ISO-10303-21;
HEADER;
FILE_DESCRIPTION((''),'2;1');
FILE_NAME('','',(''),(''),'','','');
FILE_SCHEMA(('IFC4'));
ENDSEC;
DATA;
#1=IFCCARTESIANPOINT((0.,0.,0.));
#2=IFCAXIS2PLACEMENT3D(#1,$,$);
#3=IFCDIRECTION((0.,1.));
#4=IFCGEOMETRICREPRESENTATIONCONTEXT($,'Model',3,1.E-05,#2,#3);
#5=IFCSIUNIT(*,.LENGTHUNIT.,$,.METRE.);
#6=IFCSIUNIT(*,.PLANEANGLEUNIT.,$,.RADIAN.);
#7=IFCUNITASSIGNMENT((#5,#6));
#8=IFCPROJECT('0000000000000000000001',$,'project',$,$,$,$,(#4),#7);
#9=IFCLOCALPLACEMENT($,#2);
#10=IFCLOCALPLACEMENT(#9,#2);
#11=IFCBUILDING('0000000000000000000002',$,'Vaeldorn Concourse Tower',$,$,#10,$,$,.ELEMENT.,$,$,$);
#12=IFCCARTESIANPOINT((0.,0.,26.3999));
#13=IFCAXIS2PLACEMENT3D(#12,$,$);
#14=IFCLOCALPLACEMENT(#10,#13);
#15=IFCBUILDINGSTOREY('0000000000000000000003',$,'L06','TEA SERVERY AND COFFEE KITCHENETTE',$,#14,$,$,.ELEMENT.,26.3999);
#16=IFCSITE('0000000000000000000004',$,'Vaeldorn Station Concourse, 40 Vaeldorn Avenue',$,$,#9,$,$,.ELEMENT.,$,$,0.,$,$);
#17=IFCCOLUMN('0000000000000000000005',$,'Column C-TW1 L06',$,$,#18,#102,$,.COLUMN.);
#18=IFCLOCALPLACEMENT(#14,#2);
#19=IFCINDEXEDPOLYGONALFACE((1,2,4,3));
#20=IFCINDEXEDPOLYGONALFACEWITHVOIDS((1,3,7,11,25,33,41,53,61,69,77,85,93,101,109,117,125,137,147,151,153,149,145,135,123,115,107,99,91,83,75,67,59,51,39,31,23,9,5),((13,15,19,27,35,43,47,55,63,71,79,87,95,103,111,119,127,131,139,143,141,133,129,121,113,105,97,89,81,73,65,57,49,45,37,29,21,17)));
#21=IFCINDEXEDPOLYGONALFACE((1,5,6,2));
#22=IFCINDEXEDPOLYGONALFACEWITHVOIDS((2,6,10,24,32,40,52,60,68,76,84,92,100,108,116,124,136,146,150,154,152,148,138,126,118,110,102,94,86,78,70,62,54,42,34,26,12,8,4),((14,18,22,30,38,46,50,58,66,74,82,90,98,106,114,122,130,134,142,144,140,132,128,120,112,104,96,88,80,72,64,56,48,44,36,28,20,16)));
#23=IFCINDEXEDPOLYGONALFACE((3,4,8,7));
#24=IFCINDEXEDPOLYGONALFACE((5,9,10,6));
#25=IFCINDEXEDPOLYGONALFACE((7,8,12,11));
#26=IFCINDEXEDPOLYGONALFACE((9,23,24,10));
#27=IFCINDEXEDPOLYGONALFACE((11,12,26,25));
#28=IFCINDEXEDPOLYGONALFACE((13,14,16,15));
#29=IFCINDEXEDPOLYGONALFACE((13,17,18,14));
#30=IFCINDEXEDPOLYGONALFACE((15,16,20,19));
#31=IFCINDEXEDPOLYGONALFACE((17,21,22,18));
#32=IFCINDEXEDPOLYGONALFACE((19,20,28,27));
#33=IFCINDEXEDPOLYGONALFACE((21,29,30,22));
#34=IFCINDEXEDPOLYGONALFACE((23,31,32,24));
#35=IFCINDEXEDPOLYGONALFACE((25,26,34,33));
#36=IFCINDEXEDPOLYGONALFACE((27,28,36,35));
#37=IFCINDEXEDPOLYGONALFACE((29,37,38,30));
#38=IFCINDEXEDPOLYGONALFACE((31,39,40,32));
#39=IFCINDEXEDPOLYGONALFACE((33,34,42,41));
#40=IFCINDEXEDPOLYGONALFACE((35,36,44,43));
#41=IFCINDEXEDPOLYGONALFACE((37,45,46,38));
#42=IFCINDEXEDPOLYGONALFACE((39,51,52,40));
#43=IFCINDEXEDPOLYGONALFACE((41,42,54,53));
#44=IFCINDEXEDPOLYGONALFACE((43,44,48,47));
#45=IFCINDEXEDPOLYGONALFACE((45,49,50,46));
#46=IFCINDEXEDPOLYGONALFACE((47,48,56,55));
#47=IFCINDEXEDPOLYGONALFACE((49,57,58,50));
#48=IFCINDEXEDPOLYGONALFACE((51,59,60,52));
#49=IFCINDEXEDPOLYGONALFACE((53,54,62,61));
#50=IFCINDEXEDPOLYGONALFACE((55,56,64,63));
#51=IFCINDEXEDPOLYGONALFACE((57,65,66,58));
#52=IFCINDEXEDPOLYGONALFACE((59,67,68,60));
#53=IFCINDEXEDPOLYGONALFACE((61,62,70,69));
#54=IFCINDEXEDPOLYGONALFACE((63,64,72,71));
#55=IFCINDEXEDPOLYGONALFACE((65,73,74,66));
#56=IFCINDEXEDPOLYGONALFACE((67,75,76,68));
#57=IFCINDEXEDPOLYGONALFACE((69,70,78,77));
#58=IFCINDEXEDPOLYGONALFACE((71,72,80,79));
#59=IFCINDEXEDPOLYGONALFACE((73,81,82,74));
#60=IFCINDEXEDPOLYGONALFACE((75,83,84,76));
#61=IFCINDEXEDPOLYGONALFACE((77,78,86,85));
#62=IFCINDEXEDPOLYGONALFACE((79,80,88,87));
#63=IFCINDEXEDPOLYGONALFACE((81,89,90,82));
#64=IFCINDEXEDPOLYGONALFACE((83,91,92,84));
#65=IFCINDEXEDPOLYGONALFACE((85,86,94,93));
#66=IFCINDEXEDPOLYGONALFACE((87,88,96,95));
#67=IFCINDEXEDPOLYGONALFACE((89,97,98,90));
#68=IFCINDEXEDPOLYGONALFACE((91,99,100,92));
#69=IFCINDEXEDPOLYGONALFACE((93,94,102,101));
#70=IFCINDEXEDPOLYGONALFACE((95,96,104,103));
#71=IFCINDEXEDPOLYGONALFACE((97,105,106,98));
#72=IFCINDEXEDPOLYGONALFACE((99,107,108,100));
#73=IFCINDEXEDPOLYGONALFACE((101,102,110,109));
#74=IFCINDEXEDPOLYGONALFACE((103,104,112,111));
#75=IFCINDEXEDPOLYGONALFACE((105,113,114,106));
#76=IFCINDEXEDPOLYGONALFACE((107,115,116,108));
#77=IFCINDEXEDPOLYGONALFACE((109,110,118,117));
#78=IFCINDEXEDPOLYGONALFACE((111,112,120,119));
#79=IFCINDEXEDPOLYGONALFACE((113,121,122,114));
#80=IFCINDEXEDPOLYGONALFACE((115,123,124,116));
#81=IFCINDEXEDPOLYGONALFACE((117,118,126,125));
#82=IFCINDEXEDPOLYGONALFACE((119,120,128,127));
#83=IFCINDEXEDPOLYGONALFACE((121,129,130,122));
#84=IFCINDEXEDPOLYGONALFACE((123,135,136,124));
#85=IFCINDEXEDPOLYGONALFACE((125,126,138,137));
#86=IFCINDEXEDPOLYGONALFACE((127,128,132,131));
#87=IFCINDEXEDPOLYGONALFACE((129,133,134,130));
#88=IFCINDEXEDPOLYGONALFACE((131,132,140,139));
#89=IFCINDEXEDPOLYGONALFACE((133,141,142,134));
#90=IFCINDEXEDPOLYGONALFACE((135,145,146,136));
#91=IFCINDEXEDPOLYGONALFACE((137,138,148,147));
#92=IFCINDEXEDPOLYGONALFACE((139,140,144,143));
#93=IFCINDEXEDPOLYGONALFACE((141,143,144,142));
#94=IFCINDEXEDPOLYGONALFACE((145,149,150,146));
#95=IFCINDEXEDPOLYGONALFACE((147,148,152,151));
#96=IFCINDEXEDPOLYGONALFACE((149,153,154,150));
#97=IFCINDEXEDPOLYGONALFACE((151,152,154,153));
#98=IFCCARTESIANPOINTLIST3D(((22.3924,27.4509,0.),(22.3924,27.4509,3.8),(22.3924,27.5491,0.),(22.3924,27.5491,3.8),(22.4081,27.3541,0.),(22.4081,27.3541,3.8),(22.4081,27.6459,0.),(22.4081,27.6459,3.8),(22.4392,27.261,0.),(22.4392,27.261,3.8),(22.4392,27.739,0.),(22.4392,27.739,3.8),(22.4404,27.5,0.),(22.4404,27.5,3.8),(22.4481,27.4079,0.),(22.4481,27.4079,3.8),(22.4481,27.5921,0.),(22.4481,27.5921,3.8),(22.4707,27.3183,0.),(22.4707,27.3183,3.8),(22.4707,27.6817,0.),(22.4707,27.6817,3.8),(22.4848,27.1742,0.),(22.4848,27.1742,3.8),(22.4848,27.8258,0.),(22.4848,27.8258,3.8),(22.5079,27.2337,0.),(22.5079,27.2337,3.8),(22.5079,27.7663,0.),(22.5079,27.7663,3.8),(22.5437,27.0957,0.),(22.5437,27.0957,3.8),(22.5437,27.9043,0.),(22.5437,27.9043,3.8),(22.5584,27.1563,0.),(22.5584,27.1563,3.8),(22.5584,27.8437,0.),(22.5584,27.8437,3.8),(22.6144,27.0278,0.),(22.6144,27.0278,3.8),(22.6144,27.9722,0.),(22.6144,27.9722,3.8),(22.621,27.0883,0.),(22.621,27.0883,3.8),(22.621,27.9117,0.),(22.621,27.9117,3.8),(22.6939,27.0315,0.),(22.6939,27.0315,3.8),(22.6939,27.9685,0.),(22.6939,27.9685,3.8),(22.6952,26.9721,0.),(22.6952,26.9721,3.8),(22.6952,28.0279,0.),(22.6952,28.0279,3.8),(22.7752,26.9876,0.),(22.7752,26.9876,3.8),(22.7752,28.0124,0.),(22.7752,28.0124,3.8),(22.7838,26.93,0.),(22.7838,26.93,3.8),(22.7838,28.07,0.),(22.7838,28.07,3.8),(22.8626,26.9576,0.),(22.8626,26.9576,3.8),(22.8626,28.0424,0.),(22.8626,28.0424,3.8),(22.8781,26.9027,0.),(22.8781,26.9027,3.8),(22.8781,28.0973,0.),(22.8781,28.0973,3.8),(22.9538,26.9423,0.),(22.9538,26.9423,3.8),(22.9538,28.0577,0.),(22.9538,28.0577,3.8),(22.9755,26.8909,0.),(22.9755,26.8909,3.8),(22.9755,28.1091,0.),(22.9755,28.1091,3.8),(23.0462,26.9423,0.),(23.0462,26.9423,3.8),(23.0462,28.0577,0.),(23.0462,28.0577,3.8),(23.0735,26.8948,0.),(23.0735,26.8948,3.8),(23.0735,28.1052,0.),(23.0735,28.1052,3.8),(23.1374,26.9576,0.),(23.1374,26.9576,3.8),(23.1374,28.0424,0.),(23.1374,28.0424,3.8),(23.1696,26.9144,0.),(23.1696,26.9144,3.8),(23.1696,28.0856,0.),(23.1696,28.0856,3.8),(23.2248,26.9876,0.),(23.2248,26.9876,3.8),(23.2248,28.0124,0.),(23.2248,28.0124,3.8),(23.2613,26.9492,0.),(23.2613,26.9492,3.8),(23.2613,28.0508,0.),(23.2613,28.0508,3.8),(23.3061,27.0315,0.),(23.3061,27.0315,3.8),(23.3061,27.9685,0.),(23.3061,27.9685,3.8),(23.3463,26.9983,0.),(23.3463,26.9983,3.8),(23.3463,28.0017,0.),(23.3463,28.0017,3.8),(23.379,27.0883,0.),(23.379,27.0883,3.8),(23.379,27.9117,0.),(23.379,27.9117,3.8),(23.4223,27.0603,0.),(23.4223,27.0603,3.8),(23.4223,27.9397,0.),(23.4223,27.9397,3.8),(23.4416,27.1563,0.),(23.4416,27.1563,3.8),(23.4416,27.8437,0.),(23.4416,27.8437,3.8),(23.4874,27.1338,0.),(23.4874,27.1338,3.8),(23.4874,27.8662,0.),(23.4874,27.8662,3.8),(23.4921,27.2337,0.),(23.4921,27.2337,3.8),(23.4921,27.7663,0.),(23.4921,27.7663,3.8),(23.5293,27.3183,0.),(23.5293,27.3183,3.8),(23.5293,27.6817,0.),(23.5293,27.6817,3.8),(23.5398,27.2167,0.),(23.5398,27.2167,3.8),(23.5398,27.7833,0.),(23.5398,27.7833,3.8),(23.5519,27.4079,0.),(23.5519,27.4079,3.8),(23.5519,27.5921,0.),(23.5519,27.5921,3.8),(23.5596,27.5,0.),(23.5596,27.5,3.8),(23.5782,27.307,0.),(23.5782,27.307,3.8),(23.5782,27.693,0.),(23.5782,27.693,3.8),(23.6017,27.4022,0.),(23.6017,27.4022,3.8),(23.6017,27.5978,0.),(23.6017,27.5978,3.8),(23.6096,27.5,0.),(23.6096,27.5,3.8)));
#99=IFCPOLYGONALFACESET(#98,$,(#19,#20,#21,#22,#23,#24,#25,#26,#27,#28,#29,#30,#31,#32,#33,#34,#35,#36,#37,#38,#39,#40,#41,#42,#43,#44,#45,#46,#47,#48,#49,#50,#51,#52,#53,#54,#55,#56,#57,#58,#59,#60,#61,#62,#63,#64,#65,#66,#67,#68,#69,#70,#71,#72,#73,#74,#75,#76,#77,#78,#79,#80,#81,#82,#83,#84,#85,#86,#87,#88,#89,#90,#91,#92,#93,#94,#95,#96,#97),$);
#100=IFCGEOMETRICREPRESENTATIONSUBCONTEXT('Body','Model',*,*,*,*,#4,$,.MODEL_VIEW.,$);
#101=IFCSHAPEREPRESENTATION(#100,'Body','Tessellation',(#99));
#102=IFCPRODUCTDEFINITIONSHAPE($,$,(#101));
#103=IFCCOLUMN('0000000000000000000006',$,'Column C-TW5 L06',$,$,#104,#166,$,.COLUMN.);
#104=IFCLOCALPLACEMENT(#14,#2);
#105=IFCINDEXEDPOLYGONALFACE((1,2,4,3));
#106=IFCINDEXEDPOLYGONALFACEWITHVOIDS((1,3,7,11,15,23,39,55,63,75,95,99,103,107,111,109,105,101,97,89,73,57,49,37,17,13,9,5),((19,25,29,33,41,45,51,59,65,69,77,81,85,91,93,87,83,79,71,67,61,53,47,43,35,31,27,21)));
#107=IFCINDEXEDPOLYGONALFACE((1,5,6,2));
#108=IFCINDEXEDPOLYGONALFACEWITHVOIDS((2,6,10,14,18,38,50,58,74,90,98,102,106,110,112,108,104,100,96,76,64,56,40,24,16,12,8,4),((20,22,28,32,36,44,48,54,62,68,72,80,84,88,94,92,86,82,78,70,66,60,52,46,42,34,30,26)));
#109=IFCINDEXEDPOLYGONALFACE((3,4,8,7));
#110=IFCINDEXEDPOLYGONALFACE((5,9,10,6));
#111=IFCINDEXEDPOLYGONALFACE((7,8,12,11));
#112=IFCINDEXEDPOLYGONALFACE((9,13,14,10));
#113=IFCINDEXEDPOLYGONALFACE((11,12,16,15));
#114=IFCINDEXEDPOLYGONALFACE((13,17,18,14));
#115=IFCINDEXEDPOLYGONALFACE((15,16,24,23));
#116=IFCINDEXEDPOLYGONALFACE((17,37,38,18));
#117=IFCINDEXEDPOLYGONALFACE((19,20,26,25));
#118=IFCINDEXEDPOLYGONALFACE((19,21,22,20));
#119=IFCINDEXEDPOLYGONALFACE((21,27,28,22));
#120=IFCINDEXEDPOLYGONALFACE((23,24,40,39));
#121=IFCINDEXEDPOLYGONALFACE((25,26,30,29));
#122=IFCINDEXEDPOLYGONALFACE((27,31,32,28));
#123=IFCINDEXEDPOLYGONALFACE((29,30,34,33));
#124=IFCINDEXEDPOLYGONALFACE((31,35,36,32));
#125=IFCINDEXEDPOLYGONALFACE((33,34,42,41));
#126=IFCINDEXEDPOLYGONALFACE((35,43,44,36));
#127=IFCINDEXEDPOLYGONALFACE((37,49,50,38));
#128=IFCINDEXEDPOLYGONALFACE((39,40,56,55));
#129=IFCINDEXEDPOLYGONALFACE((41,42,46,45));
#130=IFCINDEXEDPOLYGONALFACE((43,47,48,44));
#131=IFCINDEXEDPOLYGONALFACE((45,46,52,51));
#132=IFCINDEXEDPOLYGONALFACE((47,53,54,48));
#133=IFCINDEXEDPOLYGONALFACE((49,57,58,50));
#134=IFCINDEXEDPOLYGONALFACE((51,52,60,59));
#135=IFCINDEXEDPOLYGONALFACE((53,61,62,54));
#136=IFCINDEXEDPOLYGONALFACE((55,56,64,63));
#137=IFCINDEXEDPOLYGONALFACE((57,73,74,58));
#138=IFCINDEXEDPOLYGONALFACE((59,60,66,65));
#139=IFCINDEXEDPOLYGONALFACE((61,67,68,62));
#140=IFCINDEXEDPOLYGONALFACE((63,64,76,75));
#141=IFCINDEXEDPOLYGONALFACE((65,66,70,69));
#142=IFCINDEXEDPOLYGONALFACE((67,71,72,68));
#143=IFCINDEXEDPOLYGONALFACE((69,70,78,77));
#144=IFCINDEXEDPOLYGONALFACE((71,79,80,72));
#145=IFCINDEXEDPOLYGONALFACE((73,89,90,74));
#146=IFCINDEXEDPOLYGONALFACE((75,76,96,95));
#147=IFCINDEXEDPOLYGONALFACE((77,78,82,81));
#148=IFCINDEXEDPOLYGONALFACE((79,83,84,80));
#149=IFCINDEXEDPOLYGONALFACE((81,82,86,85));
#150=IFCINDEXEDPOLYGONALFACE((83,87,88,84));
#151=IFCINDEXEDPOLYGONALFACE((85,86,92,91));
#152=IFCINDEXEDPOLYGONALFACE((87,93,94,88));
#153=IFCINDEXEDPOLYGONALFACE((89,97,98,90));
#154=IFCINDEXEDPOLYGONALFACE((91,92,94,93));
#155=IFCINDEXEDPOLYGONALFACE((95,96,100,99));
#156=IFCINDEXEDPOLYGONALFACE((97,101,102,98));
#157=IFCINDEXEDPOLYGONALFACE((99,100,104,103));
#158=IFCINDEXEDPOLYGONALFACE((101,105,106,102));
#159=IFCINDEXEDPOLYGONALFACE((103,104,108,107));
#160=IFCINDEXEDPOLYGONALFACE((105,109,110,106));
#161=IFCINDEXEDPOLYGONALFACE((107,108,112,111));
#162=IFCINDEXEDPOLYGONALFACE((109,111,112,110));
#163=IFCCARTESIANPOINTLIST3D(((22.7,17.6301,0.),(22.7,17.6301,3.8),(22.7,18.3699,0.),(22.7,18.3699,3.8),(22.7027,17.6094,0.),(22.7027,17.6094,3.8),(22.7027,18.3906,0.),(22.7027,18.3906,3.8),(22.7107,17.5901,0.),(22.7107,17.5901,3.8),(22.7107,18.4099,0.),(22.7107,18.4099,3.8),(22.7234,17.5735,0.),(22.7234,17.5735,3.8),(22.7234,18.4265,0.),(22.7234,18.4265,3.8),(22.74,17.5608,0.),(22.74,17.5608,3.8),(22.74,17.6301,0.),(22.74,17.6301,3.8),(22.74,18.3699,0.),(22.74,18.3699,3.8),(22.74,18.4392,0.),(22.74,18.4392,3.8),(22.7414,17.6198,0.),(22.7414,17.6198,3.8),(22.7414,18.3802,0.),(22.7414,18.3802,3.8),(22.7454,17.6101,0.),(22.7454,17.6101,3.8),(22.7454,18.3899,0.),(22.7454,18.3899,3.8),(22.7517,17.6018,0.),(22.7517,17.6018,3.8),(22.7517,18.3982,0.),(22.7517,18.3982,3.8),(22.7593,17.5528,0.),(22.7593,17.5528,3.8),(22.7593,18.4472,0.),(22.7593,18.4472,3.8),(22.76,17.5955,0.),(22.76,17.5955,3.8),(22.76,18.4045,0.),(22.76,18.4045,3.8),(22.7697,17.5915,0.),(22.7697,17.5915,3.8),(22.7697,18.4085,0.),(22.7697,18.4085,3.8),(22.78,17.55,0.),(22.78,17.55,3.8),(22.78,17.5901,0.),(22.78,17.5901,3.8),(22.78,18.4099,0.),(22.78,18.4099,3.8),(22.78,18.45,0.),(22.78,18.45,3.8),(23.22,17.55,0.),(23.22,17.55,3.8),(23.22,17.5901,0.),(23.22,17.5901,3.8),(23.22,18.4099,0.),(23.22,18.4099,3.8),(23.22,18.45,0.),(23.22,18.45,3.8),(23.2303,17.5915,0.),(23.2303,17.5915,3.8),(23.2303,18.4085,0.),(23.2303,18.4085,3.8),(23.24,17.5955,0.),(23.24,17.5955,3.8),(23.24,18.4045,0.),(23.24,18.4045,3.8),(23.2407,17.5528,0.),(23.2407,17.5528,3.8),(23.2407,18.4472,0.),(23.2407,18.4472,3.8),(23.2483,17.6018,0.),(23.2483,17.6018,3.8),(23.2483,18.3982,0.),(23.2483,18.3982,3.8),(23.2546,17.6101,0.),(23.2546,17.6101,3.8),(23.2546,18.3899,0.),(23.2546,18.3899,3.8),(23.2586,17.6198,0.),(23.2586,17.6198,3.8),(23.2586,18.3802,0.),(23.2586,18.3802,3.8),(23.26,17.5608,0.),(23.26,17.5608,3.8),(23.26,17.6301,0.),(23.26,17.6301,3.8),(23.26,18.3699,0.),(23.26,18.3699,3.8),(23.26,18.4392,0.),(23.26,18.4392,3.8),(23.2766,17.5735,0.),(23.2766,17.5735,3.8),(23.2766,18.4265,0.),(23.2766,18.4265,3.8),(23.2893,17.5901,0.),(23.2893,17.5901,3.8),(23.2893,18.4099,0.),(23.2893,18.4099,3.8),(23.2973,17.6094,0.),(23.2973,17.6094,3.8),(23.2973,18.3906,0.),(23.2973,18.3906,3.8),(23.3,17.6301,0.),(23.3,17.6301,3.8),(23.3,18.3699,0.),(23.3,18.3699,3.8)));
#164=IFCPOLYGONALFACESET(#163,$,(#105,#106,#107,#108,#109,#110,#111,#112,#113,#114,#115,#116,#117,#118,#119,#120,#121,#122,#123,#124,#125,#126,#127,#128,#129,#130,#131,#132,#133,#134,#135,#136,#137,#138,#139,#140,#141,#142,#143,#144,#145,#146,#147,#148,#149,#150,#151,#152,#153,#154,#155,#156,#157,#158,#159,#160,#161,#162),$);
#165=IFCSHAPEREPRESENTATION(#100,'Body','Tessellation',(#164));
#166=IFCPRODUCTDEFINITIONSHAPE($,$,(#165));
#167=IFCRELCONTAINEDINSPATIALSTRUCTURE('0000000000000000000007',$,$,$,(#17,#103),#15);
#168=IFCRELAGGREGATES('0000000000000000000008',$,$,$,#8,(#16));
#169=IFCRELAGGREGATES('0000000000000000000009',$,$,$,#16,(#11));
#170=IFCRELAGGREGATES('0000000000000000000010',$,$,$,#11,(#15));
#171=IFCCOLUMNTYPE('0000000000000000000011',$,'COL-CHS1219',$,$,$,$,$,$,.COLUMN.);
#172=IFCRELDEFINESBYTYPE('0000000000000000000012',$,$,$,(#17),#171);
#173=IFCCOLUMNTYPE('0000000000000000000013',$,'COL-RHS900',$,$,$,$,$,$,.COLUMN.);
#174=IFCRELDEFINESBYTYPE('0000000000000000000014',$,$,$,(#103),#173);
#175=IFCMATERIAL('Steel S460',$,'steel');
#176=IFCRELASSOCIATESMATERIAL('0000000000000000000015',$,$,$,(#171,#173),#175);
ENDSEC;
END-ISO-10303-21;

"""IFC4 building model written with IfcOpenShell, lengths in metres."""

from ifc_helpers import new_model, si_unit, direction, frame, origin, origin_2d, place, context, subcontext, project, spatial, hollow_rectangle, hollow_circle, extrude, source, transform, mapped, material, material_profile, profile_set, type_object, element, save


model = new_model("IFC4")

# Units and contexts
model_context = context("Model", 3, precision=1e-05, world=origin(), true_north=direction((0.0, 1.0)))
body_context = subcontext(model_context, "Body", "Model", "MODEL_VIEW")
ifc_project = project(units=[si_unit("LENGTHUNIT", "METRE"), si_unit("PLANEANGLEUNIT", "RADIAN")], contexts=[model_context])

# Site, building, storey
site_placement = place(None, origin())
site = spatial("IfcSite", under=ifc_project, at=site_placement, Name="Vaeldorn Station Concourse, 40 Vaeldorn Avenue", CompositionType="ELEMENT", RefElevation=0.0)
building_placement = place(site_placement, origin())
building = spatial("IfcBuilding", under=site, at=building_placement, Name="Vaeldorn Concourse Tower", CompositionType="ELEMENT")
storey_placement = place(building_placement, frame((0.0, 0.0, 26.3999)))
storey = spatial("IfcBuildingStorey", under=building, at=storey_placement, Name="L06", Description="TEA SERVERY AND COFFEE KITCHENETTE", CompositionType="ELEMENT", Elevation=26.3999)

# Columns
ifc_material_1 = material(Name="Steel S460", Category="steel")
ifc_material_profile_1 = material_profile(ifc_material_1, hollow_circle(Radius=0.6096, WallThickness=0.05, at=origin_2d()), Name="CHS 1219x50")
ifc_profile_set_1 = profile_set([ifc_material_profile_1], Name="Steel S460")
column_type_1 = type_object("IfcColumnType", Name="COL-CHS1219", PredefinedType="COLUMN", material=ifc_profile_set_1)
shared_shape_1 = source(origin(), body_context, "Body", "SweptSolid", [
    extrude(hollow_circle(Radius=0.6096, WallThickness=0.05, at=origin_2d()), origin(), (0.0, 0.0, 1.0), 3.8),
])
column_1_placement = place(storey_placement, frame((23.0, 27.5, 0.0), z_axis=(0.0, 0.0, 1.0), x_axis=(1.0, 0.0, 0.0)))
element("IfcColumn", 1, at=column_1_placement, inside=storey, type_object=column_type_1, Name="Column C-TW1 L06", PredefinedType="COLUMN", context=body_context, shape_type="MappedRepresentation", body=[
    mapped(shared_shape_1, transform((0.0, 0.0, 0.0), scale=1.0)),
])
ifc_material_profile_2 = material_profile(ifc_material_1, hollow_rectangle(XDim=0.6001, YDim=0.8999, WallThickness=0.04, InnerFilletRadius=0.04, OuterFilletRadius=0.0801, at=origin_2d()), Name="RHS 900x600x40")
ifc_profile_set_2 = profile_set([ifc_material_profile_2], Name="Steel S460")
column_type_2 = type_object("IfcColumnType", Name="COL-RHS900", PredefinedType="COLUMN", material=ifc_profile_set_2)
shared_shape_2 = source(origin(), body_context, "Body", "SweptSolid", [
    extrude(hollow_rectangle(XDim=0.6001, YDim=0.8999, WallThickness=0.04, InnerFilletRadius=0.04, OuterFilletRadius=0.0801, at=origin_2d()), origin(), (0.0, 0.0, 1.0), 3.8),
])
column_2_placement = place(storey_placement, frame((23.0, 18.0, 0.0), z_axis=(0.0, 0.0, 1.0), x_axis=(1.0, 0.0, 0.0)))
element("IfcColumn", 2, at=column_2_placement, inside=storey, type_object=column_type_2, Name="Column C-TW5 L06", PredefinedType="COLUMN", context=body_context, shape_type="MappedRepresentation", body=[
    mapped(shared_shape_2, transform((0.0, 0.0, 0.0), scale=1.0)),
])

save(model, "model.ifc")
